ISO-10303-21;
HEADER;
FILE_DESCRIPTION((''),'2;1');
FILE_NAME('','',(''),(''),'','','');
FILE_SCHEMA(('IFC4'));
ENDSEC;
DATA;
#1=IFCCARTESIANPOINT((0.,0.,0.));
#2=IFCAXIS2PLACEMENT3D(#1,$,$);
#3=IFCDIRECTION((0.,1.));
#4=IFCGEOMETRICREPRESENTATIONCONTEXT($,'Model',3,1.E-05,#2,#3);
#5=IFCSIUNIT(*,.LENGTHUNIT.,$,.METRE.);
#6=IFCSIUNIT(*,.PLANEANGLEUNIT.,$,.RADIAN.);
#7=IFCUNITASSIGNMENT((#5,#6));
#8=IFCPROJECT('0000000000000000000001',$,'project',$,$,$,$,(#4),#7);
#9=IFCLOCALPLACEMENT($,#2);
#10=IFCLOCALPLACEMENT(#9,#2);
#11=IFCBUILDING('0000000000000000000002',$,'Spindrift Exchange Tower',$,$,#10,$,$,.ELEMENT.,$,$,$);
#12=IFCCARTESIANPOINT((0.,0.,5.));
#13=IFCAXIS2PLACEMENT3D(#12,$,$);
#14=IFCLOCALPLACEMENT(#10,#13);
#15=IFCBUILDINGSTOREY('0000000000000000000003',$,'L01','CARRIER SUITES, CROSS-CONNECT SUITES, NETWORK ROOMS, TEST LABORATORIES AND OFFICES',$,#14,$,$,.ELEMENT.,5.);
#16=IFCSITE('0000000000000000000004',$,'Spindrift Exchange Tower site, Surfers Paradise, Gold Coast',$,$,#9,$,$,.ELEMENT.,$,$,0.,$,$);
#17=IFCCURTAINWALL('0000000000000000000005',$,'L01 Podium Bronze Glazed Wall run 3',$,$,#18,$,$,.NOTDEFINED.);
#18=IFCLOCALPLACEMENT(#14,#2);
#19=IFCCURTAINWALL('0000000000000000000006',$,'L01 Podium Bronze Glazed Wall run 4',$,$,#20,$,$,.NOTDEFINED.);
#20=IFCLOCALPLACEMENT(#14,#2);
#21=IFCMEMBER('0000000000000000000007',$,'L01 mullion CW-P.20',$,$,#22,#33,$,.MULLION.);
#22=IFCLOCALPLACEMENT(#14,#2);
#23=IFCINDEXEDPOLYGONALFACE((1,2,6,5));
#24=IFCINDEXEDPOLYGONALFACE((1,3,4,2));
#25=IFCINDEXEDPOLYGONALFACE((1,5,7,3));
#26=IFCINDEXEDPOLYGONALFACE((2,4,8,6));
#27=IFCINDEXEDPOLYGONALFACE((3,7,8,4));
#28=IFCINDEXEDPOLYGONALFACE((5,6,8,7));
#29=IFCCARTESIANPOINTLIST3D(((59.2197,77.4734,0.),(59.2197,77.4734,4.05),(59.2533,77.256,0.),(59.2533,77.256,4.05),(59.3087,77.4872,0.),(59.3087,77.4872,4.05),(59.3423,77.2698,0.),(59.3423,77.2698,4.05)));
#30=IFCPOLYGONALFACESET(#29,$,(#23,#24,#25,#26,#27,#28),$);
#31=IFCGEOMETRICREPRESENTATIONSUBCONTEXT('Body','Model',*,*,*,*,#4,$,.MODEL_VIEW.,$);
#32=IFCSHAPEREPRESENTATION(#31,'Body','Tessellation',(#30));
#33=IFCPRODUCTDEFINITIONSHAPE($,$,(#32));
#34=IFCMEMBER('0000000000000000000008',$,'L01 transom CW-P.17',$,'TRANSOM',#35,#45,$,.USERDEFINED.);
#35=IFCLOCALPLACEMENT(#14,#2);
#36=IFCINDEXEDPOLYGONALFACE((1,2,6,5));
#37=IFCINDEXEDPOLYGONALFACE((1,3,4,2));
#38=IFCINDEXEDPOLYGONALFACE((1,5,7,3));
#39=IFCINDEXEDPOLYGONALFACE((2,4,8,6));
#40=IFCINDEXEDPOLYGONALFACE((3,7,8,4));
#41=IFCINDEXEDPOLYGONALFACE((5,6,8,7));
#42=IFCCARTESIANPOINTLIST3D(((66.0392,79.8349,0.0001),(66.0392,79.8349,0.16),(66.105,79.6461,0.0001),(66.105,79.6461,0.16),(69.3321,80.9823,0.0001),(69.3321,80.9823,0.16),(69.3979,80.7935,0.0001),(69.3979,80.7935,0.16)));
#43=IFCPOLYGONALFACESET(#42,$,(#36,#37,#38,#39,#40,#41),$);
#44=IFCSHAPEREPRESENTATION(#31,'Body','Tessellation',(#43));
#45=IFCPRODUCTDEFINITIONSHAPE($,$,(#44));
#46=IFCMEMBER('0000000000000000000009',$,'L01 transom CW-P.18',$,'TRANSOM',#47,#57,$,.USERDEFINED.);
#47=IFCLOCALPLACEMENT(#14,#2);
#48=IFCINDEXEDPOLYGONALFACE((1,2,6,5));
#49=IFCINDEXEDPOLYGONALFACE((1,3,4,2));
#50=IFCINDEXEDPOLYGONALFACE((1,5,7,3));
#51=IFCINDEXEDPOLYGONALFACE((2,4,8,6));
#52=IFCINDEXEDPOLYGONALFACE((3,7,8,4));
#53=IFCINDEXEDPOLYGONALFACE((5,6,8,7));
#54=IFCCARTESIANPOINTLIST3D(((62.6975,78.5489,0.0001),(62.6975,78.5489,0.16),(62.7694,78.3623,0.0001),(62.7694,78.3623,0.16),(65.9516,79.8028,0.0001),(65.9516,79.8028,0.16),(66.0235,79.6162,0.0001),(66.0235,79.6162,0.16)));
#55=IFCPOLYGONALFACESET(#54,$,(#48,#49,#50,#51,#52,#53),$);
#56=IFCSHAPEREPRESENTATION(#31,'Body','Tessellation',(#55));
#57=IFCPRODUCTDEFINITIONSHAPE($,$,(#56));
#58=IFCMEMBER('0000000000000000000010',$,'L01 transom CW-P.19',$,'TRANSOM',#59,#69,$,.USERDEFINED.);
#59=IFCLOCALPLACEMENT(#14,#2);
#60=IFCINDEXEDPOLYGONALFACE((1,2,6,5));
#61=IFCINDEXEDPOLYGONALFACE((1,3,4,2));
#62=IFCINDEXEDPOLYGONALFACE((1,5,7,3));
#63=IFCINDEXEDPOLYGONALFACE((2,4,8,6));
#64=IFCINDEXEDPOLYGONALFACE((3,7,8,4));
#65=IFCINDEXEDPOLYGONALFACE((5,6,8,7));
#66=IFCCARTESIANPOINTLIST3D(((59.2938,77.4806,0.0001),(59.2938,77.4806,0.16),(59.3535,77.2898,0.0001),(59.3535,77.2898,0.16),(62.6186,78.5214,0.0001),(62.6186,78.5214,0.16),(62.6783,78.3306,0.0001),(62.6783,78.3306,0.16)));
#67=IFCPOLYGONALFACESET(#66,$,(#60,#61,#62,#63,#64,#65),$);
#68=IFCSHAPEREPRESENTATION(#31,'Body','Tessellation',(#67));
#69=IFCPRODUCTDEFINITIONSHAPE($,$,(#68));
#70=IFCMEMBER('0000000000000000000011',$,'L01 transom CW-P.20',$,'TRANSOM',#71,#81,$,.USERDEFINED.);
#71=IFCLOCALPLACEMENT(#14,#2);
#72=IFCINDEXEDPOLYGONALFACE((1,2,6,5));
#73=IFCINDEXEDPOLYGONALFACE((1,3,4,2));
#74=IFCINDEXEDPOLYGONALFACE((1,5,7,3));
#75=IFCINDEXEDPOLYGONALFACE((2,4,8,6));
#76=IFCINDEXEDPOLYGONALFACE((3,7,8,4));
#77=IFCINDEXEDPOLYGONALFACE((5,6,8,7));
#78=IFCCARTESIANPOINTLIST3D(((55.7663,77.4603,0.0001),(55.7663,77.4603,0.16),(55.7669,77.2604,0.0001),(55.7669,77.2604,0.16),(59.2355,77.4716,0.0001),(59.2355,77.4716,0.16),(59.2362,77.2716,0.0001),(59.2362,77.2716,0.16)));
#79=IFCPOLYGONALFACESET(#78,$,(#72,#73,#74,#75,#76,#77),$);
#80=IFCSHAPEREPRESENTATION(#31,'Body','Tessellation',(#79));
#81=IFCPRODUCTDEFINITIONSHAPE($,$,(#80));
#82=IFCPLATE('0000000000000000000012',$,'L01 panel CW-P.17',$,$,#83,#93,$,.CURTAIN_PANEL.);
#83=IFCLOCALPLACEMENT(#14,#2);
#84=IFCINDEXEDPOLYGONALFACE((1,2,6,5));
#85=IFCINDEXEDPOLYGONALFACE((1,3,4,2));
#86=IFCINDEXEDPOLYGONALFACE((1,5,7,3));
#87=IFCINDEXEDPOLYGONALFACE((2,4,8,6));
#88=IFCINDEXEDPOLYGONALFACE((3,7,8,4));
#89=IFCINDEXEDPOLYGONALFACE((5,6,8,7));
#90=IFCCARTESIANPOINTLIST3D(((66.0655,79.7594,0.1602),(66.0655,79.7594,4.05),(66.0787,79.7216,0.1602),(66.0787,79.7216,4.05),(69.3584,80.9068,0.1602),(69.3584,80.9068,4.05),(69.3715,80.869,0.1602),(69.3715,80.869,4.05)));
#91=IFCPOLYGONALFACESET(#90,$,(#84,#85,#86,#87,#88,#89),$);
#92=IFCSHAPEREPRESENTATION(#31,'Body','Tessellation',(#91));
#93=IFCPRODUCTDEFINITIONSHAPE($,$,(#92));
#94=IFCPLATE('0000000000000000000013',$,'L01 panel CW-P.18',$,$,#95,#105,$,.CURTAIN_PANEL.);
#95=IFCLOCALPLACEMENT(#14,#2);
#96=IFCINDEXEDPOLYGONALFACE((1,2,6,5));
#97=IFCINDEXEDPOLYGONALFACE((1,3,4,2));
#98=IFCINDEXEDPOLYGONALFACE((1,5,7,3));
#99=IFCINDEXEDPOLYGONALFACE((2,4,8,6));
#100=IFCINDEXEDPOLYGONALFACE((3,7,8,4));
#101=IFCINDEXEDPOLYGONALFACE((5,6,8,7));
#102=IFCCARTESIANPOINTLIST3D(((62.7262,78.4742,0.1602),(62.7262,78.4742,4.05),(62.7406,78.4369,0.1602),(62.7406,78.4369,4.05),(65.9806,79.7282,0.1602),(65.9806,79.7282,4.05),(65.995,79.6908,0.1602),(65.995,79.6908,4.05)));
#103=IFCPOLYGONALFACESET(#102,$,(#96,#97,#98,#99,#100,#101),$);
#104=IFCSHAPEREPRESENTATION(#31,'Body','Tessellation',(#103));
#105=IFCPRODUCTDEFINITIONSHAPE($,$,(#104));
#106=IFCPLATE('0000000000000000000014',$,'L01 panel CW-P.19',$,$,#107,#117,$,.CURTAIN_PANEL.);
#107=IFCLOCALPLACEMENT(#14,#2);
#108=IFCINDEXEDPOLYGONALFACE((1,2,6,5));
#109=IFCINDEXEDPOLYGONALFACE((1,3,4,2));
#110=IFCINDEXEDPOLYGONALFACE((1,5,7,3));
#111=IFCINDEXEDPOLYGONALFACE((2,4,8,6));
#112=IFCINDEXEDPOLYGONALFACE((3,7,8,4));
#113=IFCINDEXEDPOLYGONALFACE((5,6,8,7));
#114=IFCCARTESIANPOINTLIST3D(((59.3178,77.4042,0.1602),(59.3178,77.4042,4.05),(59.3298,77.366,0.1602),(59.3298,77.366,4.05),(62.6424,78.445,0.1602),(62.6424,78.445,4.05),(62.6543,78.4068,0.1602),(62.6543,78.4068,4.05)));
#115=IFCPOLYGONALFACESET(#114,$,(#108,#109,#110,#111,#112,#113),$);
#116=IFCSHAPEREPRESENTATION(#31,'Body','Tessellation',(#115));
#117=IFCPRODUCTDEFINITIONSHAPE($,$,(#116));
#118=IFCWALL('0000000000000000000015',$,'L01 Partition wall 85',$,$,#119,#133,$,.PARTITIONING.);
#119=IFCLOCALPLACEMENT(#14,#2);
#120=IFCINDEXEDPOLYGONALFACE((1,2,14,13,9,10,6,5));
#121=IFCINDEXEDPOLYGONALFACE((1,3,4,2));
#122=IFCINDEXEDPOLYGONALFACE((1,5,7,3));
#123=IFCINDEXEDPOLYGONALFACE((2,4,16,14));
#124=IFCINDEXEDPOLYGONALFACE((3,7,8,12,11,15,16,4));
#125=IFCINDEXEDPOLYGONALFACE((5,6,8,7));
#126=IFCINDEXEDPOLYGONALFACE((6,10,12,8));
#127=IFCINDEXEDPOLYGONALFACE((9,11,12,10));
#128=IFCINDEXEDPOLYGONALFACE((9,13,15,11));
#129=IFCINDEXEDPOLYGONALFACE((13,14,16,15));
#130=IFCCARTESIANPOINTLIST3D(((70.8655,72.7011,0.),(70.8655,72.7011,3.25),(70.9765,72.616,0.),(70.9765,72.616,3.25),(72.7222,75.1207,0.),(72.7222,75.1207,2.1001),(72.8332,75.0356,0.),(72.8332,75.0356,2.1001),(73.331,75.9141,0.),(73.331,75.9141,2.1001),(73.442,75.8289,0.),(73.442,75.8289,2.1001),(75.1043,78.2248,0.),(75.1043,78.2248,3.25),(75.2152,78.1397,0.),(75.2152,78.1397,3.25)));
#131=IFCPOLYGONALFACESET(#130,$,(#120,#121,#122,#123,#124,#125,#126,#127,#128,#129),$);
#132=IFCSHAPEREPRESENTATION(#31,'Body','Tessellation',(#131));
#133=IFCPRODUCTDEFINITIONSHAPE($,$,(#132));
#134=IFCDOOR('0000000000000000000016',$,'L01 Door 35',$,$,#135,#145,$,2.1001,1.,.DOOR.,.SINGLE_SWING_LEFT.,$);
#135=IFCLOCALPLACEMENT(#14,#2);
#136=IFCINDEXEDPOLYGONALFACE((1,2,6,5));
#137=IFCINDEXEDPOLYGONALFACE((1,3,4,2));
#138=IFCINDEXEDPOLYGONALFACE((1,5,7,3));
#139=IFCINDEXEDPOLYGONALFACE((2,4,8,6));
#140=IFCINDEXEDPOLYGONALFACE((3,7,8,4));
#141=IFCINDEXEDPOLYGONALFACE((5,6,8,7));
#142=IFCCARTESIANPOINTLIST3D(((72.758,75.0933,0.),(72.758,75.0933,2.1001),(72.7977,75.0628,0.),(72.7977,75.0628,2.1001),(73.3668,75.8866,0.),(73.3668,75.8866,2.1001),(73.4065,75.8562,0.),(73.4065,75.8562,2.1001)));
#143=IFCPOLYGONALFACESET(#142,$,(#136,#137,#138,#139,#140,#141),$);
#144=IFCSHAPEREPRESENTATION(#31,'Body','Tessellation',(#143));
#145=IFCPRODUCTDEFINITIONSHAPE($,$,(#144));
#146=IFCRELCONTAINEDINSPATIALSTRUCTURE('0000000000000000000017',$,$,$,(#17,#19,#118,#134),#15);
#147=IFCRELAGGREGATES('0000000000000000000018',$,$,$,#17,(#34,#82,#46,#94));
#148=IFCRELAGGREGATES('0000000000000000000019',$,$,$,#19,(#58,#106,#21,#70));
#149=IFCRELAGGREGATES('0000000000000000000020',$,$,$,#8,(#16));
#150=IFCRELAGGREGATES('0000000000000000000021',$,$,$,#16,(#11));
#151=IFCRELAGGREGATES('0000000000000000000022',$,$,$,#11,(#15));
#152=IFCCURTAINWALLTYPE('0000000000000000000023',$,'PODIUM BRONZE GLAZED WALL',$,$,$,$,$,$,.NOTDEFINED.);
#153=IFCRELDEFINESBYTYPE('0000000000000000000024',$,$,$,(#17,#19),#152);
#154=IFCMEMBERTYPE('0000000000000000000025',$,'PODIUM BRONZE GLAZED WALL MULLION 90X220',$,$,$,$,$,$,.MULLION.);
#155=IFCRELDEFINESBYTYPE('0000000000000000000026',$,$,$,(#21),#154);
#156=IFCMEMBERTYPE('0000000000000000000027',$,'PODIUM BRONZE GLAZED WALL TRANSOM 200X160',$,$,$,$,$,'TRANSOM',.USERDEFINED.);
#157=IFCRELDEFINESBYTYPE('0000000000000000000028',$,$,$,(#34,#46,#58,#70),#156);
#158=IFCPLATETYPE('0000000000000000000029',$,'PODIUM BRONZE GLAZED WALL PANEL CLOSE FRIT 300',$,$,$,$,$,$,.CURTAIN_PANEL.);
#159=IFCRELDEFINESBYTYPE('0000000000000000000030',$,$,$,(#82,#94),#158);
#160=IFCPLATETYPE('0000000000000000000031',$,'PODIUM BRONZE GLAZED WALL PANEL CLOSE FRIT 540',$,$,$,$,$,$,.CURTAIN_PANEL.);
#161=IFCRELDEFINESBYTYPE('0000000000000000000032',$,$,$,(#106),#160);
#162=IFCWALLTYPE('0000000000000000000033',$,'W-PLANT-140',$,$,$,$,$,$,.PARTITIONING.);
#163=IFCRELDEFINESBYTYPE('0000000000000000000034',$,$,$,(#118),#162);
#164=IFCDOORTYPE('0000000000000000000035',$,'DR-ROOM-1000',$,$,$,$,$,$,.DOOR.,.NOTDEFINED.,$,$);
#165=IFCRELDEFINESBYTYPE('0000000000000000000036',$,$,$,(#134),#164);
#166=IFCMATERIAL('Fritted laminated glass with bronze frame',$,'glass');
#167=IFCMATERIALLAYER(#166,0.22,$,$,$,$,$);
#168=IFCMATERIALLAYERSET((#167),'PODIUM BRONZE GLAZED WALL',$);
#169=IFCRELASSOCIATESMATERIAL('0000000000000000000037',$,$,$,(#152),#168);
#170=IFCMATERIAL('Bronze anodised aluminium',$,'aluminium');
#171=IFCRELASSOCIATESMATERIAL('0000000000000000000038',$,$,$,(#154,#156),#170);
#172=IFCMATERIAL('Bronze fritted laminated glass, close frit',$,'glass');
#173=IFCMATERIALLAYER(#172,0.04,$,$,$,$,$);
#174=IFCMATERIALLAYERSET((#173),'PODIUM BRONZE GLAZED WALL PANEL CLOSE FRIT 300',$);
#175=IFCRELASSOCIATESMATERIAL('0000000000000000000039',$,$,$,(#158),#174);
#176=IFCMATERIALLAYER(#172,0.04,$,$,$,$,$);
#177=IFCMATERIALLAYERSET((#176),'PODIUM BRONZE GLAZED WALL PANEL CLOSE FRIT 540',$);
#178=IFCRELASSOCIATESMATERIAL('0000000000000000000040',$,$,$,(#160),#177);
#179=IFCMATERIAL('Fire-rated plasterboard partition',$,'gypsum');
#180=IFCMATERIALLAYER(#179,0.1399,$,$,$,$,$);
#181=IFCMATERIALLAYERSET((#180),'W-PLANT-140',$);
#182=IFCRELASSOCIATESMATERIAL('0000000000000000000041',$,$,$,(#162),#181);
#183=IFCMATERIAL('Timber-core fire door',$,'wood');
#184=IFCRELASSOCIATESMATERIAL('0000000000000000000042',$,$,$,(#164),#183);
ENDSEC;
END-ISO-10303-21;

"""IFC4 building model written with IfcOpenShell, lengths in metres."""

from ifc_helpers import new_model, si_unit, direction, frame, frame_2d, origin, origin_2d, place, context, subcontext, project, spatial, rectangle, extrude, source, transform, mapped, material, layer, layer_set, material_profile, profile_set, type_object, element, fill, aggregate, save


model = new_model("IFC4")

# Units and contexts
model_context = context("Model", 3, precision=1e-05, world=origin(), true_north=direction((0.0, 1.0)))
body_context = subcontext(model_context, "Body", "Model", "MODEL_VIEW")
ifc_project = project(units=[si_unit("LENGTHUNIT", "METRE"), si_unit("PLANEANGLEUNIT", "RADIAN")], contexts=[model_context])

# Site, building, storey
site_placement = place(None, origin())
site = spatial("IfcSite", under=ifc_project, at=site_placement, Name="Spindrift Exchange Tower site, Surfers Paradise, Gold Coast", CompositionType="ELEMENT", RefElevation=0.0)
building_placement = place(site_placement, origin())
building = spatial("IfcBuilding", under=site, at=building_placement, Name="Spindrift Exchange Tower", CompositionType="ELEMENT")
storey_placement = place(building_placement, frame((0.0, 0.0, 5.0)))
storey = spatial("IfcBuildingStorey", under=building, at=storey_placement, Name="L01", Description="CARRIER SUITES, CROSS-CONNECT SUITES, NETWORK ROOMS, TEST LABORATORIES AND OFFICES", CompositionType="ELEMENT", Elevation=5.0)

# Curtain walls, member
ifc_material_1 = material(Name="Fritted laminated glass with bronze frame", Category="glass")
ifc_layer_1 = layer(ifc_material_1, 0.22)
ifc_layer_set_1 = layer_set([ifc_layer_1], Name="PODIUM BRONZE GLAZED WALL")
curtain_wall_type = type_object("IfcCurtainWallType", Name="PODIUM BRONZE GLAZED WALL", PredefinedType="NOTDEFINED", material=ifc_layer_set_1)
curtain_wall_1_placement = place(storey_placement, origin())
curtain_wall_1 = element("IfcCurtainWall", 1, at=curtain_wall_1_placement, inside=storey, type_object=curtain_wall_type, Name="L01 Podium Bronze Glazed Wall run 3", PredefinedType="NOTDEFINED")
ifc_material_2 = material(Name="Bronze anodised aluminium", Category="aluminium")
ifc_material_profile_1 = material_profile(ifc_material_2, rectangle(XDim=0.0901, YDim=0.22, at=origin_2d()), Name="PODIUM BRONZE GLAZED WALL MULLION 90X220")
ifc_profile_set_1 = profile_set([ifc_material_profile_1], Name="Bronze anodised aluminium")
member_type_1 = type_object("IfcMemberType", Name="PODIUM BRONZE GLAZED WALL MULLION 90X220", PredefinedType="MULLION", material=ifc_profile_set_1)
shared_shape_1 = source(origin(), body_context, "Body", "SweptSolid", [
    extrude(rectangle(XDim=0.0901, YDim=0.22, at=origin_2d()), origin(), (0.0, 0.0, 1.0), 4.05),
])
curtain_wall_2_placement = place(storey_placement, origin())
curtain_wall_2 = element("IfcCurtainWall", 2, at=curtain_wall_2_placement, inside=storey, type_object=curtain_wall_type, Name="L01 Podium Bronze Glazed Wall run 4", PredefinedType="NOTDEFINED")
member_1_placement = place(storey_placement, frame((59.281, 77.3716, 0.0), z_axis=(0.0, 0.0, 1.0), x_axis=(-0.988272, -0.152704, 0.0)))
member_1 = element("IfcMember", 3, at=member_1_placement, type_object=member_type_1, Name="L01 mullion CW-P.20", PredefinedType="MULLION", context=body_context, shape_type="MappedRepresentation", body=[
    mapped(shared_shape_1, transform((0.0, 0.0, 0.0), scale=1.0)),
])

# Members
ifc_material_profile_2 = material_profile(ifc_material_2, rectangle(XDim=0.2, YDim=0.1599, at=origin_2d()), Name="PODIUM BRONZE GLAZED WALL TRANSOM 200X160")
ifc_profile_set_2 = profile_set([ifc_material_profile_2], Name="Bronze anodised aluminium")
member_type_2 = type_object("IfcMemberType", Name="PODIUM BRONZE GLAZED WALL TRANSOM 200X160", ElementType="TRANSOM", PredefinedType="USERDEFINED", material=ifc_profile_set_2)
shared_shape_2 = source(origin(), body_context, "Body", "SweptSolid", [
    extrude(rectangle(XDim=0.2, YDim=0.1599, at=origin_2d()), origin(), (0.0, 0.0, 1.0), 3.4871),
])
member_2_placement = place(storey_placement, frame((69.365, 80.8879, 0.0801), z_axis=(-0.944312, -0.329053, 0.0), x_axis=(0.329053, -0.944312, 0.0)))
member_2 = element("IfcMember", 4, at=member_2_placement, type_object=member_type_2, Name="L01 transom CW-P.17", ObjectType="TRANSOM", PredefinedType="USERDEFINED", context=body_context, shape_type="MappedRepresentation", body=[
    mapped(shared_shape_2, transform((0.0, 0.0, 0.0), scale=1.0)),
])
shared_shape_3 = source(origin(), body_context, "Body", "SweptSolid", [
    extrude(rectangle(XDim=0.2, YDim=0.1599, at=origin_2d()), origin(), (0.0, 0.0, 1.0), 3.4873),
])
member_3_placement = place(storey_placement, frame((65.9875, 79.7095, 0.0801), z_axis=(-0.933123, -0.359556, 0.0), x_axis=(0.359556, -0.933123, 0.0)))
member_3 = element("IfcMember", 5, at=member_3_placement, type_object=member_type_2, Name="L01 transom CW-P.18", ObjectType="TRANSOM", PredefinedType="USERDEFINED", context=body_context, shape_type="MappedRepresentation", body=[
    mapped(shared_shape_3, transform((0.0, 0.0, 0.0), scale=1.0)),
])
shared_shape_4 = source(origin(), body_context, "Body", "SweptSolid", [
    extrude(rectangle(XDim=0.2, YDim=0.1599, at=origin_2d()), origin(), (0.0, 0.0, 1.0), 3.4839),
])
member_4_placement = place(storey_placement, frame((62.6484, 78.426, 0.0801), z_axis=(-0.954333, -0.298746, 0.0), x_axis=(0.298746, -0.954333, 0.0)))
member_4 = element("IfcMember", 6, at=member_4_placement, type_object=member_type_2, Name="L01 transom CW-P.19", ObjectType="TRANSOM", PredefinedType="USERDEFINED", context=body_context, shape_type="MappedRepresentation", body=[
    mapped(shared_shape_4, transform((0.0, 0.0, 0.0), scale=1.0)),
])
shared_shape_5 = source(origin(), body_context, "Body", "SweptSolid", [
    extrude(rectangle(XDim=0.2, YDim=0.1599, at=origin_2d()), origin(), (0.0, 0.0, 1.0), 3.4692),
])
member_5_placement = place(storey_placement, frame((59.2358, 77.3716, 0.0801), z_axis=(-0.999995, -0.003237, 0.0), x_axis=(0.003237, -0.999995, 0.0)))
member_5 = element("IfcMember", 7, at=member_5_placement, type_object=member_type_2, Name="L01 transom CW-P.20", ObjectType="TRANSOM", PredefinedType="USERDEFINED", context=body_context, shape_type="MappedRepresentation", body=[
    mapped(shared_shape_5, transform((0.0, 0.0, 0.0), scale=1.0)),
])

# Plates
ifc_material_3 = material(Name="Bronze fritted laminated glass, close frit", Category="glass")
ifc_layer_2 = layer(ifc_material_3, 0.04)
ifc_layer_set_2 = layer_set([ifc_layer_2], Name="PODIUM BRONZE GLAZED WALL PANEL CLOSE FRIT 300")
plate_type_1 = type_object("IfcPlateType", Name="PODIUM BRONZE GLAZED WALL PANEL CLOSE FRIT 300", PredefinedType="CURTAIN_PANEL", material=ifc_layer_set_2)
shared_shape_6 = source(origin(), body_context, "Body", "SweptSolid", [
    extrude(rectangle(XDim=3.4871, YDim=0.04, at=origin_2d()), origin(), (0.0, 0.0, 1.0), 3.8899),
])
plate_1_placement = place(storey_placement, frame((67.7185, 80.3142, 0.1602), z_axis=(0.0, 0.0, 1.0), x_axis=(-0.944313, -0.329048, 0.0)))
plate_1 = element("IfcPlate", 8, at=plate_1_placement, type_object=plate_type_1, Name="L01 panel CW-P.17", PredefinedType="CURTAIN_PANEL", context=body_context, shape_type="MappedRepresentation", body=[
    mapped(shared_shape_6, transform((0.0, 0.0, 0.0), scale=1.0)),
])
shared_shape_7 = source(origin(), body_context, "Body", "SweptSolid", [
    extrude(rectangle(XDim=3.4875, YDim=0.04, at=origin_2d()), origin(), (0.0, 0.0, 1.0), 3.8899),
])
plate_2_placement = place(storey_placement, frame((64.3606, 79.0825, 0.1602), z_axis=(0.0, 0.0, 1.0), x_axis=(-0.933126, -0.359549, 0.0)))
plate_2 = element("IfcPlate", 9, at=plate_2_placement, type_object=plate_type_1, Name="L01 panel CW-P.18", PredefinedType="CURTAIN_PANEL", context=body_context, shape_type="MappedRepresentation", body=[
    mapped(shared_shape_7, transform((0.0, 0.0, 0.0), scale=1.0)),
])
aggregate(curtain_wall_1, [member_2, plate_1, member_3, plate_2])
ifc_layer_3 = layer(ifc_material_3, 0.04)
ifc_layer_set_3 = layer_set([ifc_layer_3], Name="PODIUM BRONZE GLAZED WALL PANEL CLOSE FRIT 540")
plate_type_2 = type_object("IfcPlateType", Name="PODIUM BRONZE GLAZED WALL PANEL CLOSE FRIT 540", PredefinedType="CURTAIN_PANEL", material=ifc_layer_set_3)
shared_shape_8 = source(origin(), body_context, "Body", "SweptSolid", [
    extrude(rectangle(XDim=3.4836, YDim=0.04, at=origin_2d()), origin(), (0.0, 0.0, 1.0), 3.8899),
])
plate_3_placement = place(storey_placement, frame((60.9861, 77.9055, 0.1602), z_axis=(0.0, 0.0, 1.0), x_axis=(-0.954324, -0.298773, 0.0)))
plate_3 = element("IfcPlate", 10, at=plate_3_placement, type_object=plate_type_2, Name="L01 panel CW-P.19", PredefinedType="CURTAIN_PANEL", context=body_context, shape_type="MappedRepresentation", body=[
    mapped(shared_shape_8, transform((0.0, 0.0, 0.0), scale=1.0)),
])
aggregate(curtain_wall_2, [member_4, plate_3, member_1, member_5])

# Wall, opening, door
ifc_material_4 = material(Name="Fire-rated plasterboard partition", Category="gypsum")
ifc_layer_4 = layer(ifc_material_4, 0.1399)
ifc_layer_set_4 = layer_set([ifc_layer_4], Name="W-PLANT-140")
wall_type = type_object("IfcWallType", Name="W-PLANT-140", PredefinedType="PARTITIONING", material=ifc_layer_set_4)
wall_placement = place(storey_placement, frame((70.9209, 72.6584, 0.0), z_axis=(0.0, 0.0, 1.0), x_axis=(0.608789, 0.793333, 0.0)))
wall = element("IfcWall", 11, at=wall_placement, inside=storey, type_object=wall_type, Name="L01 Partition wall 85", PredefinedType="PARTITIONING", context=body_context, shape_type="SweptSolid", body=[
    extrude(rectangle(XDim=6.9626, YDim=0.1399, at=frame_2d((3.4814, 0.0))), origin(), (0.0, 0.0, 1.0), 3.25),
])
opening_placement = place(wall_placement, frame((3.05, 0.0, 0.0)))
opening = element("IfcOpeningElement", 12, at=opening_placement, cuts=wall, PredefinedType="OPENING", context=body_context, shape_type="SweptSolid", body=[
    extrude(rectangle(XDim=1.0, YDim=2.1001, at=frame_2d((0.5, 1.05))), frame((0.0, 0.0798, 0.0), z_axis=(0.0, -1.0, 0.0), x_axis=(1.0, 0.0, 0.0)), (0.0, 0.0, 1.0), 0.1599),
])
ifc_material_5 = material(Name="Timber-core fire door", Category="wood")
door_type = type_object("IfcDoorType", Name="DR-ROOM-1000", OperationType="NOTDEFINED", PredefinedType="DOOR", material=ifc_material_5)
shared_shape_9 = source(origin(), body_context, "Body", "SweptSolid", [
    extrude(rectangle(XDim=1.0, YDim=2.1001, at=frame_2d((0.5, 1.05))), frame((0.0, 0.0249, 0.0), z_axis=(0.0, -1.0, 0.0), x_axis=(1.0, 0.0, 0.0)), (0.0, 0.0, 1.0), 0.05),
])
door_placement = place(opening_placement, origin())
door = element("IfcDoor", 13, at=door_placement, inside=storey, type_object=door_type, Name="L01 Door 35", OperationType="SINGLE_SWING_LEFT", OverallHeight=2.1001, OverallWidth=1.0, PredefinedType="DOOR", context=body_context, shape_type="MappedRepresentation", body=[
    mapped(shared_shape_9, transform((0.0, 0.0, 0.0), scale=1.0)),
])
fill(opening, door)

save(model, "model.ifc")
